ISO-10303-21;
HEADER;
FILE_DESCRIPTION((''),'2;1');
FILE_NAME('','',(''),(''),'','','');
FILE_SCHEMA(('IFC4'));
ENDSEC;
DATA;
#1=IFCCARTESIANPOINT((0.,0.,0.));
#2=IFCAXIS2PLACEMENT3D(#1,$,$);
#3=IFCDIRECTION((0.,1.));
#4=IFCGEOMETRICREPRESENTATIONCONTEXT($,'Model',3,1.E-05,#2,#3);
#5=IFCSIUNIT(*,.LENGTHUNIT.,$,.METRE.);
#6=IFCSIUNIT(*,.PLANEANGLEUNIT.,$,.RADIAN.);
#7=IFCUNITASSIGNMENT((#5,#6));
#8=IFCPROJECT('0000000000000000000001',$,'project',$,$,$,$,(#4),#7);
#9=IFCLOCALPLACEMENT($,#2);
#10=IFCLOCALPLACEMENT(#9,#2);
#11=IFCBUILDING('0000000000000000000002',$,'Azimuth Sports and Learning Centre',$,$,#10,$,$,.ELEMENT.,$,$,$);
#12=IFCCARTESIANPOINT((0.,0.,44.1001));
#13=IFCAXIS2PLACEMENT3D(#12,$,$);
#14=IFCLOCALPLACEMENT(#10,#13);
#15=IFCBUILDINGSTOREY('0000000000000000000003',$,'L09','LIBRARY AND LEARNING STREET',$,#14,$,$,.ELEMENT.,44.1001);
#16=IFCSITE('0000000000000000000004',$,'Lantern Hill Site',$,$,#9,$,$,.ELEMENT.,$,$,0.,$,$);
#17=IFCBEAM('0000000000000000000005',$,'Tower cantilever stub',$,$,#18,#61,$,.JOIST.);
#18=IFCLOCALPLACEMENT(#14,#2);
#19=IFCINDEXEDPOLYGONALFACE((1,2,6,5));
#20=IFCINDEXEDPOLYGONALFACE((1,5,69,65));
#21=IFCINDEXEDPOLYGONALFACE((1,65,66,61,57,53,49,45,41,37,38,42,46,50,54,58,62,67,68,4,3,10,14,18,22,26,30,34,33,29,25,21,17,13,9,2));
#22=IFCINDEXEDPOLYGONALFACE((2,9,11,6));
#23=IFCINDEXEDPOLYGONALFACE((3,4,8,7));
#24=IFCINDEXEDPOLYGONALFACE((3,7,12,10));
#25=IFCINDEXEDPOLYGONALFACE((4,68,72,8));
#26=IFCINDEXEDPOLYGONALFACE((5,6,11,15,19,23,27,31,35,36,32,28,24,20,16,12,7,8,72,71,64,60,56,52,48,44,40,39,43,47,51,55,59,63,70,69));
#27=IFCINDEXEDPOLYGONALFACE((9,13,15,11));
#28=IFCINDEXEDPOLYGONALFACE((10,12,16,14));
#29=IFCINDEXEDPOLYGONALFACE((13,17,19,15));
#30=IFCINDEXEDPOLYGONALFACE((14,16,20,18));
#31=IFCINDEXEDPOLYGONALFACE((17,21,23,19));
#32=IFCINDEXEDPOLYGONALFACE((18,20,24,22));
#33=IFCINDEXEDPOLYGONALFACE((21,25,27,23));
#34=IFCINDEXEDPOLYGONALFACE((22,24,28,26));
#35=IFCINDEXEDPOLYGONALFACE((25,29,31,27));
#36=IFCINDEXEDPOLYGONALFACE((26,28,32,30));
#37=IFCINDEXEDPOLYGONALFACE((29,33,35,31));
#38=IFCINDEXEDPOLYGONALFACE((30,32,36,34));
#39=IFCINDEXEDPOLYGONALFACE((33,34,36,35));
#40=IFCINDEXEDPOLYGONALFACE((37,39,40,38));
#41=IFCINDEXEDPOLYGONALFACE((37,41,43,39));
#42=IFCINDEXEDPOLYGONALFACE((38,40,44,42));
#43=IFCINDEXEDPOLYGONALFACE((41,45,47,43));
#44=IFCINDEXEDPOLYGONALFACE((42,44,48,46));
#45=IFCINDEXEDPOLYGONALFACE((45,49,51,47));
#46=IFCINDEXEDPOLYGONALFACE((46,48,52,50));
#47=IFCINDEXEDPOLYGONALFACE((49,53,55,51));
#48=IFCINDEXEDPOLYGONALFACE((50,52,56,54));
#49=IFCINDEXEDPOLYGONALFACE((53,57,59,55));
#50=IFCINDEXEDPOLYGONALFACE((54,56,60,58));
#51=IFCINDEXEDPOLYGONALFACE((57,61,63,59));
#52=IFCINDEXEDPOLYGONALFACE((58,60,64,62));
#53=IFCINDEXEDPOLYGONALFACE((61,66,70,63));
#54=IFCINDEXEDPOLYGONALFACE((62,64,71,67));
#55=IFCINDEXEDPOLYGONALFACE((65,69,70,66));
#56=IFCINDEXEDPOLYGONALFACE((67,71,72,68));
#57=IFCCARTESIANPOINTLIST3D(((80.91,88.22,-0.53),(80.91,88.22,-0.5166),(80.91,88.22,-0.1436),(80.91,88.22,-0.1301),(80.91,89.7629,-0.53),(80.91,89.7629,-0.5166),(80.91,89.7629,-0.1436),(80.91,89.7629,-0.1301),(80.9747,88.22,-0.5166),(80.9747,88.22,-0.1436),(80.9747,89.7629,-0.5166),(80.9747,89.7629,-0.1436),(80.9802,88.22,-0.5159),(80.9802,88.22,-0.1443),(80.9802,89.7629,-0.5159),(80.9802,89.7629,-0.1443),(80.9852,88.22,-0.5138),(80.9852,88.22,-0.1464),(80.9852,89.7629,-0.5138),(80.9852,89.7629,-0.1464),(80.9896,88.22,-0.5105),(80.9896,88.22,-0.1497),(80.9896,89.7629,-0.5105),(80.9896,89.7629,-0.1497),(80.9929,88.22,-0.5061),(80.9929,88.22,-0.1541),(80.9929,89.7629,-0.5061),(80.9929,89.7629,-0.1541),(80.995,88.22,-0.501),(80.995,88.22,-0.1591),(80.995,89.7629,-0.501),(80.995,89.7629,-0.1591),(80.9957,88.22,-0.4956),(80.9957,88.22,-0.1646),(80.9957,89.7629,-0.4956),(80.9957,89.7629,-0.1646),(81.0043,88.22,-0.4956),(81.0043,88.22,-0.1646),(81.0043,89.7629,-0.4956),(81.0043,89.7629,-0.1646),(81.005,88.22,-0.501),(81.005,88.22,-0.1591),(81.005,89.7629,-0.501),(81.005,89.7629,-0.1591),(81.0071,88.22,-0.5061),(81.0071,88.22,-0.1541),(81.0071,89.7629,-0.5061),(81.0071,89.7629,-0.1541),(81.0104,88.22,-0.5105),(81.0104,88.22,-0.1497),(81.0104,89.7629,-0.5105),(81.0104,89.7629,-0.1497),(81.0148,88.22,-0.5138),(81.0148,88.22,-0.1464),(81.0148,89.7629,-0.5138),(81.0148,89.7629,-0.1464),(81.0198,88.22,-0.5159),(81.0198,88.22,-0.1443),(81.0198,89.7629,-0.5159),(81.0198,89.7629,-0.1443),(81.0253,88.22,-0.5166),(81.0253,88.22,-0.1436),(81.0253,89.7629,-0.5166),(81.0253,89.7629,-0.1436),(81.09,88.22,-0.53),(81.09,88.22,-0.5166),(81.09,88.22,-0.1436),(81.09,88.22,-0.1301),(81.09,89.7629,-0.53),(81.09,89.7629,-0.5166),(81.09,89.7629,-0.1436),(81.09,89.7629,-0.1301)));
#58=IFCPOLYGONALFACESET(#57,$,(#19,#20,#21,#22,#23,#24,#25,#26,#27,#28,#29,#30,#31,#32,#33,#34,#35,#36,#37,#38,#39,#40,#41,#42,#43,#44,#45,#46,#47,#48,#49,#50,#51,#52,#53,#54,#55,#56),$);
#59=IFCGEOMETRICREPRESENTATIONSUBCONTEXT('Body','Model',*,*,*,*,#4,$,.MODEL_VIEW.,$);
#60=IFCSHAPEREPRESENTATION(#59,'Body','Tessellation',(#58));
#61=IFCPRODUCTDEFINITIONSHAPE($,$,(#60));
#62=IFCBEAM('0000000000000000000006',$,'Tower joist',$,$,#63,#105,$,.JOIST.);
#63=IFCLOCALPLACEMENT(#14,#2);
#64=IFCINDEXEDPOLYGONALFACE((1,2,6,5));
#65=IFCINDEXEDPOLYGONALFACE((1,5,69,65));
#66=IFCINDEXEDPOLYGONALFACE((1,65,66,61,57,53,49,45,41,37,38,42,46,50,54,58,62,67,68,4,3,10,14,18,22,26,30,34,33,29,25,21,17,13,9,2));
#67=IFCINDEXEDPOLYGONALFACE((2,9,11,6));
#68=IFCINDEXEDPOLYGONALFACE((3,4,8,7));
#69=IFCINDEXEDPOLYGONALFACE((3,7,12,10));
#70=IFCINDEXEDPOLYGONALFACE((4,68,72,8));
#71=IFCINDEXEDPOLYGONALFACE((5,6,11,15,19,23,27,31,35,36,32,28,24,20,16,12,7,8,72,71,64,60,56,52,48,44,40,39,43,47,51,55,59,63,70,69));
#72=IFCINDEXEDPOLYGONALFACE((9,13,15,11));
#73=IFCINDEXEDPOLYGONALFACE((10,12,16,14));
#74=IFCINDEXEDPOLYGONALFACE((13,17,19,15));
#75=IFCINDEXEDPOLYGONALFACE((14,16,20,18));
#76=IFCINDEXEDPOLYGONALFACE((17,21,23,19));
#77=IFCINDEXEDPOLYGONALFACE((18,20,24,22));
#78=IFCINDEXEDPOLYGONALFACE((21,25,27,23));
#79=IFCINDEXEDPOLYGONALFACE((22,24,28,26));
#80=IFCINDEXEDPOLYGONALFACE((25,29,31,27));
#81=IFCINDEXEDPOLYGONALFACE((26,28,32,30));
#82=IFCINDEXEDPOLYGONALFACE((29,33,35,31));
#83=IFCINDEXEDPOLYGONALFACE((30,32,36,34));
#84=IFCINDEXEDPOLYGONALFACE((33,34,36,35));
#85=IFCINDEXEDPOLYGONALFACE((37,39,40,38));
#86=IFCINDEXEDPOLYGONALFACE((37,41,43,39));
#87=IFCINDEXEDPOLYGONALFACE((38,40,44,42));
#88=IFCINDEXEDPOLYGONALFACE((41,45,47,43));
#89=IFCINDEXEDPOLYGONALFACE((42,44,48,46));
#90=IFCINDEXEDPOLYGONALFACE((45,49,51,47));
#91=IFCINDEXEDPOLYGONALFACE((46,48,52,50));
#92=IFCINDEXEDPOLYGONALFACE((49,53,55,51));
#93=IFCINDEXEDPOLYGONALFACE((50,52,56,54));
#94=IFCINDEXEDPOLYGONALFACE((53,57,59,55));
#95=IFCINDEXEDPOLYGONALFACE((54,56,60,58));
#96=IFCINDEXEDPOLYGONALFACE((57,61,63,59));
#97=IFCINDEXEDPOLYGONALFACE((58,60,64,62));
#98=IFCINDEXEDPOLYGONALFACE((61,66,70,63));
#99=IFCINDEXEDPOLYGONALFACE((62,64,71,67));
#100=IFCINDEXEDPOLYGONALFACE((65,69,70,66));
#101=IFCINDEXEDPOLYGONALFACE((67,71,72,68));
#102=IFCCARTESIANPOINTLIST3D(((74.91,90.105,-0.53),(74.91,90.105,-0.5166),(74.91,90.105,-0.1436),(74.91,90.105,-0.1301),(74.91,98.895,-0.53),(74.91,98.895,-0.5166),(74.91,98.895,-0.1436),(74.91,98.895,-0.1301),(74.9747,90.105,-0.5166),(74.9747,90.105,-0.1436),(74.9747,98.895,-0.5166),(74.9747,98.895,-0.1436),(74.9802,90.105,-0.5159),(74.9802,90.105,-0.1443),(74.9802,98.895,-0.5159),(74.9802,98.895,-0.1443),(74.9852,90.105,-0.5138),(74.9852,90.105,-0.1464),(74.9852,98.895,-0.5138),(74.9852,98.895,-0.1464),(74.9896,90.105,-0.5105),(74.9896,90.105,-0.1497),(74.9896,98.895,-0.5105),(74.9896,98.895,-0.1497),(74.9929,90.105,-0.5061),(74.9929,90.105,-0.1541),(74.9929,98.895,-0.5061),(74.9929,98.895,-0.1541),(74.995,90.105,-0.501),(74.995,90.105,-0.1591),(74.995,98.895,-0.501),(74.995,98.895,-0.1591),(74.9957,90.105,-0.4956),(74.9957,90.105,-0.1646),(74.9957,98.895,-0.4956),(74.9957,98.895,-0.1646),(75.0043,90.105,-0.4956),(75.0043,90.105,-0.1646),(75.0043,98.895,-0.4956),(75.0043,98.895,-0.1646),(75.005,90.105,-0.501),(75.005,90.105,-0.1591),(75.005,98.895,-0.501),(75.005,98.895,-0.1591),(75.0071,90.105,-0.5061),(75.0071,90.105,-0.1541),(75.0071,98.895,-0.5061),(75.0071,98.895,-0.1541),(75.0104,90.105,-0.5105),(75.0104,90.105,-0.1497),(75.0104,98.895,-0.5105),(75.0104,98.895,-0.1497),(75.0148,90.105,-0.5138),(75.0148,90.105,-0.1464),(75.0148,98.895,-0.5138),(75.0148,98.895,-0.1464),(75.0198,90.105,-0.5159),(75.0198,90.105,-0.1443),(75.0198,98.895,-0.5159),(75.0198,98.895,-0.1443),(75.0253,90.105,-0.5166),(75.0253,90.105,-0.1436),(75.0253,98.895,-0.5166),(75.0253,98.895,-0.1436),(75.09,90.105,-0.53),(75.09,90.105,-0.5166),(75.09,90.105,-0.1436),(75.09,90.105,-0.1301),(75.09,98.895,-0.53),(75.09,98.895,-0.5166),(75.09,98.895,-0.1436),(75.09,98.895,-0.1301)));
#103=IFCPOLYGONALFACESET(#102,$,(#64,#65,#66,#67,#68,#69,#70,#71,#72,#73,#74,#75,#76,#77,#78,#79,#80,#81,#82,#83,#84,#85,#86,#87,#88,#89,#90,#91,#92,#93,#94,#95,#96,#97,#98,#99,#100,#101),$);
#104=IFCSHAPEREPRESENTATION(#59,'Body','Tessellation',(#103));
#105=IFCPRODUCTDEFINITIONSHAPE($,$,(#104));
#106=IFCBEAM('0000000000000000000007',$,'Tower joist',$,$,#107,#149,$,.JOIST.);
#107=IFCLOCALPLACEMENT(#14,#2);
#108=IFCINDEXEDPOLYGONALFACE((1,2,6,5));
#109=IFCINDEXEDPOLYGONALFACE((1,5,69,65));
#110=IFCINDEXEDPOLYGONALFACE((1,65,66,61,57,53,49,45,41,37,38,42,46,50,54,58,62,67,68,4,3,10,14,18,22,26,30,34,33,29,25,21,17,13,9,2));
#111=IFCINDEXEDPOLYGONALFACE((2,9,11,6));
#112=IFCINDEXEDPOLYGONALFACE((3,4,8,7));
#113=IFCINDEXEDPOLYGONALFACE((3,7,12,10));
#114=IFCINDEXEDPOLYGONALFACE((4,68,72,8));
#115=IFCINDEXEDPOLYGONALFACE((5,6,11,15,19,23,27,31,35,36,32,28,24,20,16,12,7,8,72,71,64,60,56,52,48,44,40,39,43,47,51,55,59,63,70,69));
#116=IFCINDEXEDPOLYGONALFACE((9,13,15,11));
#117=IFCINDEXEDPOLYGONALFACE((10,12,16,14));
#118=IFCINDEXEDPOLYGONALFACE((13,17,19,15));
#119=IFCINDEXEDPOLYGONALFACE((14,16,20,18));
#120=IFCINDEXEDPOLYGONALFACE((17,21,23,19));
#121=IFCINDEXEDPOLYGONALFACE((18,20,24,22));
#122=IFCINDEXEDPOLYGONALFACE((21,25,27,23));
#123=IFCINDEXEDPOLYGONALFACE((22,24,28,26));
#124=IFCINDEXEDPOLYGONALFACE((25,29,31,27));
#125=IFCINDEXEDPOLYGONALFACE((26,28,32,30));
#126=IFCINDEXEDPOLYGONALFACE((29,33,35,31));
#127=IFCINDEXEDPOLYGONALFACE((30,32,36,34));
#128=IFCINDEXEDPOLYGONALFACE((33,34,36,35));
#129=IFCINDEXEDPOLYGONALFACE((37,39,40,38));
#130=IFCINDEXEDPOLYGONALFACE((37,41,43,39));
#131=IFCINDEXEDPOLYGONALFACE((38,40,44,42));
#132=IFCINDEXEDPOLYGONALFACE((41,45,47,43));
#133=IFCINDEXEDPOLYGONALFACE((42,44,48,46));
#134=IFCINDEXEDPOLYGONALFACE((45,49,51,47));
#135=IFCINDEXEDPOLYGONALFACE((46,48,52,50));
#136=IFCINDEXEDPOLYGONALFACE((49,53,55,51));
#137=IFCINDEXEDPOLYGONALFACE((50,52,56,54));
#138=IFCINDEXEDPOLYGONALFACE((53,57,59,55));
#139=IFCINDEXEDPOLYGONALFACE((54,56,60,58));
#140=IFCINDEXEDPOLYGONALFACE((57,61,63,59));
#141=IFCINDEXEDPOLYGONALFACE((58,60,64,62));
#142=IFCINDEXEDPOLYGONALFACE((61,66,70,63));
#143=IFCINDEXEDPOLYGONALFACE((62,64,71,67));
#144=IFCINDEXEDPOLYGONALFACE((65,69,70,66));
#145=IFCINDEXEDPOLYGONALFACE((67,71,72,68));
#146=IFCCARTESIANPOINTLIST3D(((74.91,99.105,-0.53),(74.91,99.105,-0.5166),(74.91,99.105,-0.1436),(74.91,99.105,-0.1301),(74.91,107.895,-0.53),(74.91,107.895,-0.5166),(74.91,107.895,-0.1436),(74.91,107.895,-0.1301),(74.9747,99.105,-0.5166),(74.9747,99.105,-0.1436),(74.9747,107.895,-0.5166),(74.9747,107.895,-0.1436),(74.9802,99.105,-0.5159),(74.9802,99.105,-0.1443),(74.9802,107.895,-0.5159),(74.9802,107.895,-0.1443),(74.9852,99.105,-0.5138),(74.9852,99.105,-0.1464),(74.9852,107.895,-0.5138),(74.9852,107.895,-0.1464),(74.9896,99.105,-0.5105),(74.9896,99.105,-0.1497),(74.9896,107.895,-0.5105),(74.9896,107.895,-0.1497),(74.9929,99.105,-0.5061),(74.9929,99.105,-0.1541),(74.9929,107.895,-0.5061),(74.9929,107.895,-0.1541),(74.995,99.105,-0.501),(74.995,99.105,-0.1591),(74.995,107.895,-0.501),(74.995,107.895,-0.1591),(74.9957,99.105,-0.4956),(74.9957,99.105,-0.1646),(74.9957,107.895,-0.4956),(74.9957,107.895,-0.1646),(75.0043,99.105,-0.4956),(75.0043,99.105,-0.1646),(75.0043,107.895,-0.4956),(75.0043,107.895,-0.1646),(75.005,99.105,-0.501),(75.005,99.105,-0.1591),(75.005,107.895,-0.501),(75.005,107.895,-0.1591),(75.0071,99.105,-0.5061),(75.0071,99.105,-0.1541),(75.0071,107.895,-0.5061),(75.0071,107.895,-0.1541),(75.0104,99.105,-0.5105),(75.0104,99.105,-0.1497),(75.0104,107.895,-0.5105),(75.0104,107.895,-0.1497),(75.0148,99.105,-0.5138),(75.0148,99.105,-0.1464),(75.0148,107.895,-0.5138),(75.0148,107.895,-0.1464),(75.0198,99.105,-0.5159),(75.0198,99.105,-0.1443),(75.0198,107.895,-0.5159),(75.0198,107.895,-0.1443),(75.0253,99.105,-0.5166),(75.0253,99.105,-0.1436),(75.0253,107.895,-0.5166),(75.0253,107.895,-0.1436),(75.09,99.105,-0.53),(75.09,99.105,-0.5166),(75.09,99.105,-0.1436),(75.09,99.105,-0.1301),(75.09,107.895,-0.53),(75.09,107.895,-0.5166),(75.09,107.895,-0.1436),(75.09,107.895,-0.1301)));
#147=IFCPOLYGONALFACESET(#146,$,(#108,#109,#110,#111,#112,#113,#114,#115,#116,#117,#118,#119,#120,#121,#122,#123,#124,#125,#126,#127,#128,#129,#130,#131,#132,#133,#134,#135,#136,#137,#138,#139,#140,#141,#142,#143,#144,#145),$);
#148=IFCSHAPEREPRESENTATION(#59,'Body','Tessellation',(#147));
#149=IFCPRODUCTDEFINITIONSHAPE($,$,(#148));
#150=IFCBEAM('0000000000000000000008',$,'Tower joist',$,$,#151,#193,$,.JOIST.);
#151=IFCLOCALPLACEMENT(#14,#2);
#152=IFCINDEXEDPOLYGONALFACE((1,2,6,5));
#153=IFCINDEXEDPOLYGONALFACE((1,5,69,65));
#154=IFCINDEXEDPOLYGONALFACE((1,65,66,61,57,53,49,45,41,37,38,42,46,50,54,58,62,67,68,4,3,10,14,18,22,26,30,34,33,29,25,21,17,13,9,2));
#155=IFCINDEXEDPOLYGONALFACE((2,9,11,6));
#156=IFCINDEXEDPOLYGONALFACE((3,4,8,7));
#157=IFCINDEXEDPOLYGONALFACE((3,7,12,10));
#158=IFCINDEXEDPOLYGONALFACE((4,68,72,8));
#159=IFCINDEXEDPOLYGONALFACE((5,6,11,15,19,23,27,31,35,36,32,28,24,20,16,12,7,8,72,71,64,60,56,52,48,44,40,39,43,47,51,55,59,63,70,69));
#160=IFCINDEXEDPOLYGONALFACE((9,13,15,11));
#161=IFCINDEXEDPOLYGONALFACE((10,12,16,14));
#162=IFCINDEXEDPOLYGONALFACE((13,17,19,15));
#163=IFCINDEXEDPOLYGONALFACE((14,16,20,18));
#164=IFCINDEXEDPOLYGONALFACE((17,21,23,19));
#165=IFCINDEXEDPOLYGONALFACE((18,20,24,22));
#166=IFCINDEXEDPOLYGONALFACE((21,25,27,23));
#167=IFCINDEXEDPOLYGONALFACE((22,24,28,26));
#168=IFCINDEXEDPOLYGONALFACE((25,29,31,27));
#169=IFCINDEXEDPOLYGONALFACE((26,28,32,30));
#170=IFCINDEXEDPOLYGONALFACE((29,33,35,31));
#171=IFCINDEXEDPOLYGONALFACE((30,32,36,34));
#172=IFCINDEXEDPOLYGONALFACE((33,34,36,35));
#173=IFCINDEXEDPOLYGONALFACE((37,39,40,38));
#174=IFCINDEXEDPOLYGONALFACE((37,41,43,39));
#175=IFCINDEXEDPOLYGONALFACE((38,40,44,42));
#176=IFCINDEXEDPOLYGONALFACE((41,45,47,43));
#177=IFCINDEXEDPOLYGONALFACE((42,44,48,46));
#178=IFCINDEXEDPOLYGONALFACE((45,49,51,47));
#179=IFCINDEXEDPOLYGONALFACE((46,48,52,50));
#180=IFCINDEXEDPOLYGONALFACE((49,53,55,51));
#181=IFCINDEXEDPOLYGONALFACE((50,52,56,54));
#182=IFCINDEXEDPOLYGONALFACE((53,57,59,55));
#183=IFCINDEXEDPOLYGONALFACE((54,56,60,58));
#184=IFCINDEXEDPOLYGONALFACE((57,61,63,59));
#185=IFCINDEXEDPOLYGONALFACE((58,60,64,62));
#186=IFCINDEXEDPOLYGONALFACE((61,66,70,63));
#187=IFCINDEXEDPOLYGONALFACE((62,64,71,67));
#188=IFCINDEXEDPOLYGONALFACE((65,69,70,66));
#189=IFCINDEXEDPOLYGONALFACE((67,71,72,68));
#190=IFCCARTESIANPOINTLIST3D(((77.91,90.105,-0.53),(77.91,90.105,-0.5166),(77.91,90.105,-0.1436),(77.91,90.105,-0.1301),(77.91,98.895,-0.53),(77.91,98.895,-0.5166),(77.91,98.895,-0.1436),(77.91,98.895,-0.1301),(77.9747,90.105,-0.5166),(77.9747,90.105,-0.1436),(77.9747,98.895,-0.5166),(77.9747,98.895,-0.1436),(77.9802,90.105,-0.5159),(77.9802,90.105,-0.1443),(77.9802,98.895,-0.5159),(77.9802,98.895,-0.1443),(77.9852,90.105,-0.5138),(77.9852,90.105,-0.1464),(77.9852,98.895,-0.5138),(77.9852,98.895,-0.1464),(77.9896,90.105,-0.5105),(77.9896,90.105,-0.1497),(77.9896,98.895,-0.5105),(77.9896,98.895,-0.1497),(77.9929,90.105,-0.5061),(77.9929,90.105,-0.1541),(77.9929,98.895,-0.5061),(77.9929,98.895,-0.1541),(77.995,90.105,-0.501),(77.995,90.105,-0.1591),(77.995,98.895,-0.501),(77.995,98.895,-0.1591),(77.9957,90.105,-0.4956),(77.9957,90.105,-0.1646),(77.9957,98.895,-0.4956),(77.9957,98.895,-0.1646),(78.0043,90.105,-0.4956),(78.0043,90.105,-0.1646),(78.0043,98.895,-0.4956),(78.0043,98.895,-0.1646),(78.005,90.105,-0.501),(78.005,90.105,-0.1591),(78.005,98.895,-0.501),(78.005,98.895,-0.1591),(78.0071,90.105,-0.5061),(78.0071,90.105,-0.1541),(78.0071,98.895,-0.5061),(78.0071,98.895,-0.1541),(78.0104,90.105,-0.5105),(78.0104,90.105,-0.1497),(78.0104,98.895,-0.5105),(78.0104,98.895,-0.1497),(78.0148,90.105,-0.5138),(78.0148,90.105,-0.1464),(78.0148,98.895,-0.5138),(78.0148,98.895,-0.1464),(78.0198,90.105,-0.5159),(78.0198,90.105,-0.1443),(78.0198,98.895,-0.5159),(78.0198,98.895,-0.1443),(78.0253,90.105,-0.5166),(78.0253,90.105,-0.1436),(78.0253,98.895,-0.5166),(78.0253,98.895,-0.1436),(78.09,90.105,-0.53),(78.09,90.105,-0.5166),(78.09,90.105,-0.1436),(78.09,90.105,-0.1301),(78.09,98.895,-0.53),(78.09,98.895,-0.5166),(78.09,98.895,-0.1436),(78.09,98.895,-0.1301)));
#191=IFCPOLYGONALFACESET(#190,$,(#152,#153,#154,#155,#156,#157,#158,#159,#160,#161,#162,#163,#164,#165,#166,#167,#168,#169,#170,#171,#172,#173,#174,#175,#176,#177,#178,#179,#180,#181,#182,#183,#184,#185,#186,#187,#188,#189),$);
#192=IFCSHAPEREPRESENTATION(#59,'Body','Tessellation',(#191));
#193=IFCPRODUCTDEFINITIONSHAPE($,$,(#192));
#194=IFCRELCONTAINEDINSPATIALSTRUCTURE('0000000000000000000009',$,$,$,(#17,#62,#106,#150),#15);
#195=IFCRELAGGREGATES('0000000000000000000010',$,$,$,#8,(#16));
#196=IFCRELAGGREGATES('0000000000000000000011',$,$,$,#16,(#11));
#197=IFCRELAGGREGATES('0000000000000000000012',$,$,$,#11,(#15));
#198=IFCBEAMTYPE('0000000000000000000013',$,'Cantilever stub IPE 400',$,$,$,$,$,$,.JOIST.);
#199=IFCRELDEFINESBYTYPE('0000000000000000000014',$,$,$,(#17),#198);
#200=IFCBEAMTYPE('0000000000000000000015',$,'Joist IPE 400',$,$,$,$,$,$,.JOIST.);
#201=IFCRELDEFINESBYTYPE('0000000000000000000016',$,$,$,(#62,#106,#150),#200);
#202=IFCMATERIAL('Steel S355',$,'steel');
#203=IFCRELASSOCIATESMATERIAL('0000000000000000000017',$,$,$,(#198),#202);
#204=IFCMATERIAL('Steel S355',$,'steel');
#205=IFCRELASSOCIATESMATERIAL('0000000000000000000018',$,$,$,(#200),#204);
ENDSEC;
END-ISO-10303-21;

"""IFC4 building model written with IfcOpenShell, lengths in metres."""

from ifc_helpers import new_model, si_unit, direction, frame, origin, origin_2d, place, context, subcontext, project, spatial, i_section, extrude, material, material_profile, profile_set, type_object, element, save


model = new_model("IFC4")

# Units and contexts
model_context = context("Model", 3, precision=1e-05, world=origin(), true_north=direction((0.0, 1.0)))
body_context = subcontext(model_context, "Body", "Model", "MODEL_VIEW")
ifc_project = project(units=[si_unit("LENGTHUNIT", "METRE"), si_unit("PLANEANGLEUNIT", "RADIAN")], contexts=[model_context])

# Site, building, storey
site_placement = place(None, origin())
site = spatial("IfcSite", under=ifc_project, at=site_placement, Name="Lantern Hill Site", CompositionType="ELEMENT", RefElevation=0.0)
building_placement = place(site_placement, origin())
building = spatial("IfcBuilding", under=site, at=building_placement, Name="Azimuth Sports and Learning Centre", CompositionType="ELEMENT")
storey_placement = place(building_placement, frame((0.0, 0.0, 44.1001)))
storey = spatial("IfcBuildingStorey", under=building, at=storey_placement, Name="L09", Description="LIBRARY AND LEARNING STREET", CompositionType="ELEMENT", Elevation=44.1001)

# Beams
ifc_material_1 = material(Name="Steel S355", Category="steel")
ifc_material_profile_1 = material_profile(ifc_material_1, i_section(OverallWidth=0.1799, OverallDepth=0.3999, WebThickness=0.0085, FlangeThickness=0.0134, FilletRadius=0.021, at=origin_2d()), Name="IPE 400")
ifc_profile_set_1 = profile_set([ifc_material_profile_1], Name="Steel S355")
beam_type_1 = type_object("IfcBeamType", Name="Cantilever stub IPE 400", PredefinedType="JOIST", material=ifc_profile_set_1)
beam_1_placement = place(storey_placement, frame((81.0, 89.7629, -0.3301), z_axis=(0.0, -1.0, 0.0), x_axis=(1.0, 0.0, 0.0)))
element("IfcBeam", 1, at=beam_1_placement, inside=storey, type_object=beam_type_1, Name="Tower cantilever stub", PredefinedType="JOIST", context=body_context, shape_type="SweptSolid", body=[
    extrude(i_section(OverallWidth=0.1799, OverallDepth=0.3999, WebThickness=0.0085, FlangeThickness=0.0134, FilletRadius=0.021, at=origin_2d()), origin(), (0.0, 0.0, 1.0), 1.543),
])
ifc_material_2 = material(Name="Steel S355", Category="steel")
ifc_material_profile_2 = material_profile(ifc_material_2, i_section(OverallWidth=0.1799, OverallDepth=0.3999, WebThickness=0.0085, FlangeThickness=0.0134, FilletRadius=0.021, at=origin_2d()), Name="IPE 400")
ifc_profile_set_2 = profile_set([ifc_material_profile_2], Name="Steel S355")
beam_type_2 = type_object("IfcBeamType", Name="Joist IPE 400", PredefinedType="JOIST", material=ifc_profile_set_2)
for number, where, z_axis, x_axis, name in (
    (2, (75.0, 90.105, -0.3301), (0.0, 1.0, 0.0), (-1.0, 0.0, 0.0), "Tower joist"),
    (3, (75.0, 99.105, -0.3301), (0.0, 1.0, 0.0), (-1.0, 0.0, 0.0), "Tower joist"),
    (4, (78.0, 90.105, -0.3301), (0.0, 1.0, 0.0), (-1.0, 0.0, 0.0), "Tower joist"),
):
    element("IfcBeam", number, at=place(storey_placement, frame(where, z_axis=z_axis, x_axis=x_axis)), inside=storey, type_object=beam_type_2, Name=name, PredefinedType="JOIST", context=body_context, shape_type="SweptSolid", body=[
        extrude(i_section(OverallWidth=0.1799, OverallDepth=0.3999, WebThickness=0.0085, FlangeThickness=0.0134, FilletRadius=0.021, at=origin_2d()), origin(), (0.0, 0.0, 1.0), 8.79),
    ])

save(model, "model.ifc")
